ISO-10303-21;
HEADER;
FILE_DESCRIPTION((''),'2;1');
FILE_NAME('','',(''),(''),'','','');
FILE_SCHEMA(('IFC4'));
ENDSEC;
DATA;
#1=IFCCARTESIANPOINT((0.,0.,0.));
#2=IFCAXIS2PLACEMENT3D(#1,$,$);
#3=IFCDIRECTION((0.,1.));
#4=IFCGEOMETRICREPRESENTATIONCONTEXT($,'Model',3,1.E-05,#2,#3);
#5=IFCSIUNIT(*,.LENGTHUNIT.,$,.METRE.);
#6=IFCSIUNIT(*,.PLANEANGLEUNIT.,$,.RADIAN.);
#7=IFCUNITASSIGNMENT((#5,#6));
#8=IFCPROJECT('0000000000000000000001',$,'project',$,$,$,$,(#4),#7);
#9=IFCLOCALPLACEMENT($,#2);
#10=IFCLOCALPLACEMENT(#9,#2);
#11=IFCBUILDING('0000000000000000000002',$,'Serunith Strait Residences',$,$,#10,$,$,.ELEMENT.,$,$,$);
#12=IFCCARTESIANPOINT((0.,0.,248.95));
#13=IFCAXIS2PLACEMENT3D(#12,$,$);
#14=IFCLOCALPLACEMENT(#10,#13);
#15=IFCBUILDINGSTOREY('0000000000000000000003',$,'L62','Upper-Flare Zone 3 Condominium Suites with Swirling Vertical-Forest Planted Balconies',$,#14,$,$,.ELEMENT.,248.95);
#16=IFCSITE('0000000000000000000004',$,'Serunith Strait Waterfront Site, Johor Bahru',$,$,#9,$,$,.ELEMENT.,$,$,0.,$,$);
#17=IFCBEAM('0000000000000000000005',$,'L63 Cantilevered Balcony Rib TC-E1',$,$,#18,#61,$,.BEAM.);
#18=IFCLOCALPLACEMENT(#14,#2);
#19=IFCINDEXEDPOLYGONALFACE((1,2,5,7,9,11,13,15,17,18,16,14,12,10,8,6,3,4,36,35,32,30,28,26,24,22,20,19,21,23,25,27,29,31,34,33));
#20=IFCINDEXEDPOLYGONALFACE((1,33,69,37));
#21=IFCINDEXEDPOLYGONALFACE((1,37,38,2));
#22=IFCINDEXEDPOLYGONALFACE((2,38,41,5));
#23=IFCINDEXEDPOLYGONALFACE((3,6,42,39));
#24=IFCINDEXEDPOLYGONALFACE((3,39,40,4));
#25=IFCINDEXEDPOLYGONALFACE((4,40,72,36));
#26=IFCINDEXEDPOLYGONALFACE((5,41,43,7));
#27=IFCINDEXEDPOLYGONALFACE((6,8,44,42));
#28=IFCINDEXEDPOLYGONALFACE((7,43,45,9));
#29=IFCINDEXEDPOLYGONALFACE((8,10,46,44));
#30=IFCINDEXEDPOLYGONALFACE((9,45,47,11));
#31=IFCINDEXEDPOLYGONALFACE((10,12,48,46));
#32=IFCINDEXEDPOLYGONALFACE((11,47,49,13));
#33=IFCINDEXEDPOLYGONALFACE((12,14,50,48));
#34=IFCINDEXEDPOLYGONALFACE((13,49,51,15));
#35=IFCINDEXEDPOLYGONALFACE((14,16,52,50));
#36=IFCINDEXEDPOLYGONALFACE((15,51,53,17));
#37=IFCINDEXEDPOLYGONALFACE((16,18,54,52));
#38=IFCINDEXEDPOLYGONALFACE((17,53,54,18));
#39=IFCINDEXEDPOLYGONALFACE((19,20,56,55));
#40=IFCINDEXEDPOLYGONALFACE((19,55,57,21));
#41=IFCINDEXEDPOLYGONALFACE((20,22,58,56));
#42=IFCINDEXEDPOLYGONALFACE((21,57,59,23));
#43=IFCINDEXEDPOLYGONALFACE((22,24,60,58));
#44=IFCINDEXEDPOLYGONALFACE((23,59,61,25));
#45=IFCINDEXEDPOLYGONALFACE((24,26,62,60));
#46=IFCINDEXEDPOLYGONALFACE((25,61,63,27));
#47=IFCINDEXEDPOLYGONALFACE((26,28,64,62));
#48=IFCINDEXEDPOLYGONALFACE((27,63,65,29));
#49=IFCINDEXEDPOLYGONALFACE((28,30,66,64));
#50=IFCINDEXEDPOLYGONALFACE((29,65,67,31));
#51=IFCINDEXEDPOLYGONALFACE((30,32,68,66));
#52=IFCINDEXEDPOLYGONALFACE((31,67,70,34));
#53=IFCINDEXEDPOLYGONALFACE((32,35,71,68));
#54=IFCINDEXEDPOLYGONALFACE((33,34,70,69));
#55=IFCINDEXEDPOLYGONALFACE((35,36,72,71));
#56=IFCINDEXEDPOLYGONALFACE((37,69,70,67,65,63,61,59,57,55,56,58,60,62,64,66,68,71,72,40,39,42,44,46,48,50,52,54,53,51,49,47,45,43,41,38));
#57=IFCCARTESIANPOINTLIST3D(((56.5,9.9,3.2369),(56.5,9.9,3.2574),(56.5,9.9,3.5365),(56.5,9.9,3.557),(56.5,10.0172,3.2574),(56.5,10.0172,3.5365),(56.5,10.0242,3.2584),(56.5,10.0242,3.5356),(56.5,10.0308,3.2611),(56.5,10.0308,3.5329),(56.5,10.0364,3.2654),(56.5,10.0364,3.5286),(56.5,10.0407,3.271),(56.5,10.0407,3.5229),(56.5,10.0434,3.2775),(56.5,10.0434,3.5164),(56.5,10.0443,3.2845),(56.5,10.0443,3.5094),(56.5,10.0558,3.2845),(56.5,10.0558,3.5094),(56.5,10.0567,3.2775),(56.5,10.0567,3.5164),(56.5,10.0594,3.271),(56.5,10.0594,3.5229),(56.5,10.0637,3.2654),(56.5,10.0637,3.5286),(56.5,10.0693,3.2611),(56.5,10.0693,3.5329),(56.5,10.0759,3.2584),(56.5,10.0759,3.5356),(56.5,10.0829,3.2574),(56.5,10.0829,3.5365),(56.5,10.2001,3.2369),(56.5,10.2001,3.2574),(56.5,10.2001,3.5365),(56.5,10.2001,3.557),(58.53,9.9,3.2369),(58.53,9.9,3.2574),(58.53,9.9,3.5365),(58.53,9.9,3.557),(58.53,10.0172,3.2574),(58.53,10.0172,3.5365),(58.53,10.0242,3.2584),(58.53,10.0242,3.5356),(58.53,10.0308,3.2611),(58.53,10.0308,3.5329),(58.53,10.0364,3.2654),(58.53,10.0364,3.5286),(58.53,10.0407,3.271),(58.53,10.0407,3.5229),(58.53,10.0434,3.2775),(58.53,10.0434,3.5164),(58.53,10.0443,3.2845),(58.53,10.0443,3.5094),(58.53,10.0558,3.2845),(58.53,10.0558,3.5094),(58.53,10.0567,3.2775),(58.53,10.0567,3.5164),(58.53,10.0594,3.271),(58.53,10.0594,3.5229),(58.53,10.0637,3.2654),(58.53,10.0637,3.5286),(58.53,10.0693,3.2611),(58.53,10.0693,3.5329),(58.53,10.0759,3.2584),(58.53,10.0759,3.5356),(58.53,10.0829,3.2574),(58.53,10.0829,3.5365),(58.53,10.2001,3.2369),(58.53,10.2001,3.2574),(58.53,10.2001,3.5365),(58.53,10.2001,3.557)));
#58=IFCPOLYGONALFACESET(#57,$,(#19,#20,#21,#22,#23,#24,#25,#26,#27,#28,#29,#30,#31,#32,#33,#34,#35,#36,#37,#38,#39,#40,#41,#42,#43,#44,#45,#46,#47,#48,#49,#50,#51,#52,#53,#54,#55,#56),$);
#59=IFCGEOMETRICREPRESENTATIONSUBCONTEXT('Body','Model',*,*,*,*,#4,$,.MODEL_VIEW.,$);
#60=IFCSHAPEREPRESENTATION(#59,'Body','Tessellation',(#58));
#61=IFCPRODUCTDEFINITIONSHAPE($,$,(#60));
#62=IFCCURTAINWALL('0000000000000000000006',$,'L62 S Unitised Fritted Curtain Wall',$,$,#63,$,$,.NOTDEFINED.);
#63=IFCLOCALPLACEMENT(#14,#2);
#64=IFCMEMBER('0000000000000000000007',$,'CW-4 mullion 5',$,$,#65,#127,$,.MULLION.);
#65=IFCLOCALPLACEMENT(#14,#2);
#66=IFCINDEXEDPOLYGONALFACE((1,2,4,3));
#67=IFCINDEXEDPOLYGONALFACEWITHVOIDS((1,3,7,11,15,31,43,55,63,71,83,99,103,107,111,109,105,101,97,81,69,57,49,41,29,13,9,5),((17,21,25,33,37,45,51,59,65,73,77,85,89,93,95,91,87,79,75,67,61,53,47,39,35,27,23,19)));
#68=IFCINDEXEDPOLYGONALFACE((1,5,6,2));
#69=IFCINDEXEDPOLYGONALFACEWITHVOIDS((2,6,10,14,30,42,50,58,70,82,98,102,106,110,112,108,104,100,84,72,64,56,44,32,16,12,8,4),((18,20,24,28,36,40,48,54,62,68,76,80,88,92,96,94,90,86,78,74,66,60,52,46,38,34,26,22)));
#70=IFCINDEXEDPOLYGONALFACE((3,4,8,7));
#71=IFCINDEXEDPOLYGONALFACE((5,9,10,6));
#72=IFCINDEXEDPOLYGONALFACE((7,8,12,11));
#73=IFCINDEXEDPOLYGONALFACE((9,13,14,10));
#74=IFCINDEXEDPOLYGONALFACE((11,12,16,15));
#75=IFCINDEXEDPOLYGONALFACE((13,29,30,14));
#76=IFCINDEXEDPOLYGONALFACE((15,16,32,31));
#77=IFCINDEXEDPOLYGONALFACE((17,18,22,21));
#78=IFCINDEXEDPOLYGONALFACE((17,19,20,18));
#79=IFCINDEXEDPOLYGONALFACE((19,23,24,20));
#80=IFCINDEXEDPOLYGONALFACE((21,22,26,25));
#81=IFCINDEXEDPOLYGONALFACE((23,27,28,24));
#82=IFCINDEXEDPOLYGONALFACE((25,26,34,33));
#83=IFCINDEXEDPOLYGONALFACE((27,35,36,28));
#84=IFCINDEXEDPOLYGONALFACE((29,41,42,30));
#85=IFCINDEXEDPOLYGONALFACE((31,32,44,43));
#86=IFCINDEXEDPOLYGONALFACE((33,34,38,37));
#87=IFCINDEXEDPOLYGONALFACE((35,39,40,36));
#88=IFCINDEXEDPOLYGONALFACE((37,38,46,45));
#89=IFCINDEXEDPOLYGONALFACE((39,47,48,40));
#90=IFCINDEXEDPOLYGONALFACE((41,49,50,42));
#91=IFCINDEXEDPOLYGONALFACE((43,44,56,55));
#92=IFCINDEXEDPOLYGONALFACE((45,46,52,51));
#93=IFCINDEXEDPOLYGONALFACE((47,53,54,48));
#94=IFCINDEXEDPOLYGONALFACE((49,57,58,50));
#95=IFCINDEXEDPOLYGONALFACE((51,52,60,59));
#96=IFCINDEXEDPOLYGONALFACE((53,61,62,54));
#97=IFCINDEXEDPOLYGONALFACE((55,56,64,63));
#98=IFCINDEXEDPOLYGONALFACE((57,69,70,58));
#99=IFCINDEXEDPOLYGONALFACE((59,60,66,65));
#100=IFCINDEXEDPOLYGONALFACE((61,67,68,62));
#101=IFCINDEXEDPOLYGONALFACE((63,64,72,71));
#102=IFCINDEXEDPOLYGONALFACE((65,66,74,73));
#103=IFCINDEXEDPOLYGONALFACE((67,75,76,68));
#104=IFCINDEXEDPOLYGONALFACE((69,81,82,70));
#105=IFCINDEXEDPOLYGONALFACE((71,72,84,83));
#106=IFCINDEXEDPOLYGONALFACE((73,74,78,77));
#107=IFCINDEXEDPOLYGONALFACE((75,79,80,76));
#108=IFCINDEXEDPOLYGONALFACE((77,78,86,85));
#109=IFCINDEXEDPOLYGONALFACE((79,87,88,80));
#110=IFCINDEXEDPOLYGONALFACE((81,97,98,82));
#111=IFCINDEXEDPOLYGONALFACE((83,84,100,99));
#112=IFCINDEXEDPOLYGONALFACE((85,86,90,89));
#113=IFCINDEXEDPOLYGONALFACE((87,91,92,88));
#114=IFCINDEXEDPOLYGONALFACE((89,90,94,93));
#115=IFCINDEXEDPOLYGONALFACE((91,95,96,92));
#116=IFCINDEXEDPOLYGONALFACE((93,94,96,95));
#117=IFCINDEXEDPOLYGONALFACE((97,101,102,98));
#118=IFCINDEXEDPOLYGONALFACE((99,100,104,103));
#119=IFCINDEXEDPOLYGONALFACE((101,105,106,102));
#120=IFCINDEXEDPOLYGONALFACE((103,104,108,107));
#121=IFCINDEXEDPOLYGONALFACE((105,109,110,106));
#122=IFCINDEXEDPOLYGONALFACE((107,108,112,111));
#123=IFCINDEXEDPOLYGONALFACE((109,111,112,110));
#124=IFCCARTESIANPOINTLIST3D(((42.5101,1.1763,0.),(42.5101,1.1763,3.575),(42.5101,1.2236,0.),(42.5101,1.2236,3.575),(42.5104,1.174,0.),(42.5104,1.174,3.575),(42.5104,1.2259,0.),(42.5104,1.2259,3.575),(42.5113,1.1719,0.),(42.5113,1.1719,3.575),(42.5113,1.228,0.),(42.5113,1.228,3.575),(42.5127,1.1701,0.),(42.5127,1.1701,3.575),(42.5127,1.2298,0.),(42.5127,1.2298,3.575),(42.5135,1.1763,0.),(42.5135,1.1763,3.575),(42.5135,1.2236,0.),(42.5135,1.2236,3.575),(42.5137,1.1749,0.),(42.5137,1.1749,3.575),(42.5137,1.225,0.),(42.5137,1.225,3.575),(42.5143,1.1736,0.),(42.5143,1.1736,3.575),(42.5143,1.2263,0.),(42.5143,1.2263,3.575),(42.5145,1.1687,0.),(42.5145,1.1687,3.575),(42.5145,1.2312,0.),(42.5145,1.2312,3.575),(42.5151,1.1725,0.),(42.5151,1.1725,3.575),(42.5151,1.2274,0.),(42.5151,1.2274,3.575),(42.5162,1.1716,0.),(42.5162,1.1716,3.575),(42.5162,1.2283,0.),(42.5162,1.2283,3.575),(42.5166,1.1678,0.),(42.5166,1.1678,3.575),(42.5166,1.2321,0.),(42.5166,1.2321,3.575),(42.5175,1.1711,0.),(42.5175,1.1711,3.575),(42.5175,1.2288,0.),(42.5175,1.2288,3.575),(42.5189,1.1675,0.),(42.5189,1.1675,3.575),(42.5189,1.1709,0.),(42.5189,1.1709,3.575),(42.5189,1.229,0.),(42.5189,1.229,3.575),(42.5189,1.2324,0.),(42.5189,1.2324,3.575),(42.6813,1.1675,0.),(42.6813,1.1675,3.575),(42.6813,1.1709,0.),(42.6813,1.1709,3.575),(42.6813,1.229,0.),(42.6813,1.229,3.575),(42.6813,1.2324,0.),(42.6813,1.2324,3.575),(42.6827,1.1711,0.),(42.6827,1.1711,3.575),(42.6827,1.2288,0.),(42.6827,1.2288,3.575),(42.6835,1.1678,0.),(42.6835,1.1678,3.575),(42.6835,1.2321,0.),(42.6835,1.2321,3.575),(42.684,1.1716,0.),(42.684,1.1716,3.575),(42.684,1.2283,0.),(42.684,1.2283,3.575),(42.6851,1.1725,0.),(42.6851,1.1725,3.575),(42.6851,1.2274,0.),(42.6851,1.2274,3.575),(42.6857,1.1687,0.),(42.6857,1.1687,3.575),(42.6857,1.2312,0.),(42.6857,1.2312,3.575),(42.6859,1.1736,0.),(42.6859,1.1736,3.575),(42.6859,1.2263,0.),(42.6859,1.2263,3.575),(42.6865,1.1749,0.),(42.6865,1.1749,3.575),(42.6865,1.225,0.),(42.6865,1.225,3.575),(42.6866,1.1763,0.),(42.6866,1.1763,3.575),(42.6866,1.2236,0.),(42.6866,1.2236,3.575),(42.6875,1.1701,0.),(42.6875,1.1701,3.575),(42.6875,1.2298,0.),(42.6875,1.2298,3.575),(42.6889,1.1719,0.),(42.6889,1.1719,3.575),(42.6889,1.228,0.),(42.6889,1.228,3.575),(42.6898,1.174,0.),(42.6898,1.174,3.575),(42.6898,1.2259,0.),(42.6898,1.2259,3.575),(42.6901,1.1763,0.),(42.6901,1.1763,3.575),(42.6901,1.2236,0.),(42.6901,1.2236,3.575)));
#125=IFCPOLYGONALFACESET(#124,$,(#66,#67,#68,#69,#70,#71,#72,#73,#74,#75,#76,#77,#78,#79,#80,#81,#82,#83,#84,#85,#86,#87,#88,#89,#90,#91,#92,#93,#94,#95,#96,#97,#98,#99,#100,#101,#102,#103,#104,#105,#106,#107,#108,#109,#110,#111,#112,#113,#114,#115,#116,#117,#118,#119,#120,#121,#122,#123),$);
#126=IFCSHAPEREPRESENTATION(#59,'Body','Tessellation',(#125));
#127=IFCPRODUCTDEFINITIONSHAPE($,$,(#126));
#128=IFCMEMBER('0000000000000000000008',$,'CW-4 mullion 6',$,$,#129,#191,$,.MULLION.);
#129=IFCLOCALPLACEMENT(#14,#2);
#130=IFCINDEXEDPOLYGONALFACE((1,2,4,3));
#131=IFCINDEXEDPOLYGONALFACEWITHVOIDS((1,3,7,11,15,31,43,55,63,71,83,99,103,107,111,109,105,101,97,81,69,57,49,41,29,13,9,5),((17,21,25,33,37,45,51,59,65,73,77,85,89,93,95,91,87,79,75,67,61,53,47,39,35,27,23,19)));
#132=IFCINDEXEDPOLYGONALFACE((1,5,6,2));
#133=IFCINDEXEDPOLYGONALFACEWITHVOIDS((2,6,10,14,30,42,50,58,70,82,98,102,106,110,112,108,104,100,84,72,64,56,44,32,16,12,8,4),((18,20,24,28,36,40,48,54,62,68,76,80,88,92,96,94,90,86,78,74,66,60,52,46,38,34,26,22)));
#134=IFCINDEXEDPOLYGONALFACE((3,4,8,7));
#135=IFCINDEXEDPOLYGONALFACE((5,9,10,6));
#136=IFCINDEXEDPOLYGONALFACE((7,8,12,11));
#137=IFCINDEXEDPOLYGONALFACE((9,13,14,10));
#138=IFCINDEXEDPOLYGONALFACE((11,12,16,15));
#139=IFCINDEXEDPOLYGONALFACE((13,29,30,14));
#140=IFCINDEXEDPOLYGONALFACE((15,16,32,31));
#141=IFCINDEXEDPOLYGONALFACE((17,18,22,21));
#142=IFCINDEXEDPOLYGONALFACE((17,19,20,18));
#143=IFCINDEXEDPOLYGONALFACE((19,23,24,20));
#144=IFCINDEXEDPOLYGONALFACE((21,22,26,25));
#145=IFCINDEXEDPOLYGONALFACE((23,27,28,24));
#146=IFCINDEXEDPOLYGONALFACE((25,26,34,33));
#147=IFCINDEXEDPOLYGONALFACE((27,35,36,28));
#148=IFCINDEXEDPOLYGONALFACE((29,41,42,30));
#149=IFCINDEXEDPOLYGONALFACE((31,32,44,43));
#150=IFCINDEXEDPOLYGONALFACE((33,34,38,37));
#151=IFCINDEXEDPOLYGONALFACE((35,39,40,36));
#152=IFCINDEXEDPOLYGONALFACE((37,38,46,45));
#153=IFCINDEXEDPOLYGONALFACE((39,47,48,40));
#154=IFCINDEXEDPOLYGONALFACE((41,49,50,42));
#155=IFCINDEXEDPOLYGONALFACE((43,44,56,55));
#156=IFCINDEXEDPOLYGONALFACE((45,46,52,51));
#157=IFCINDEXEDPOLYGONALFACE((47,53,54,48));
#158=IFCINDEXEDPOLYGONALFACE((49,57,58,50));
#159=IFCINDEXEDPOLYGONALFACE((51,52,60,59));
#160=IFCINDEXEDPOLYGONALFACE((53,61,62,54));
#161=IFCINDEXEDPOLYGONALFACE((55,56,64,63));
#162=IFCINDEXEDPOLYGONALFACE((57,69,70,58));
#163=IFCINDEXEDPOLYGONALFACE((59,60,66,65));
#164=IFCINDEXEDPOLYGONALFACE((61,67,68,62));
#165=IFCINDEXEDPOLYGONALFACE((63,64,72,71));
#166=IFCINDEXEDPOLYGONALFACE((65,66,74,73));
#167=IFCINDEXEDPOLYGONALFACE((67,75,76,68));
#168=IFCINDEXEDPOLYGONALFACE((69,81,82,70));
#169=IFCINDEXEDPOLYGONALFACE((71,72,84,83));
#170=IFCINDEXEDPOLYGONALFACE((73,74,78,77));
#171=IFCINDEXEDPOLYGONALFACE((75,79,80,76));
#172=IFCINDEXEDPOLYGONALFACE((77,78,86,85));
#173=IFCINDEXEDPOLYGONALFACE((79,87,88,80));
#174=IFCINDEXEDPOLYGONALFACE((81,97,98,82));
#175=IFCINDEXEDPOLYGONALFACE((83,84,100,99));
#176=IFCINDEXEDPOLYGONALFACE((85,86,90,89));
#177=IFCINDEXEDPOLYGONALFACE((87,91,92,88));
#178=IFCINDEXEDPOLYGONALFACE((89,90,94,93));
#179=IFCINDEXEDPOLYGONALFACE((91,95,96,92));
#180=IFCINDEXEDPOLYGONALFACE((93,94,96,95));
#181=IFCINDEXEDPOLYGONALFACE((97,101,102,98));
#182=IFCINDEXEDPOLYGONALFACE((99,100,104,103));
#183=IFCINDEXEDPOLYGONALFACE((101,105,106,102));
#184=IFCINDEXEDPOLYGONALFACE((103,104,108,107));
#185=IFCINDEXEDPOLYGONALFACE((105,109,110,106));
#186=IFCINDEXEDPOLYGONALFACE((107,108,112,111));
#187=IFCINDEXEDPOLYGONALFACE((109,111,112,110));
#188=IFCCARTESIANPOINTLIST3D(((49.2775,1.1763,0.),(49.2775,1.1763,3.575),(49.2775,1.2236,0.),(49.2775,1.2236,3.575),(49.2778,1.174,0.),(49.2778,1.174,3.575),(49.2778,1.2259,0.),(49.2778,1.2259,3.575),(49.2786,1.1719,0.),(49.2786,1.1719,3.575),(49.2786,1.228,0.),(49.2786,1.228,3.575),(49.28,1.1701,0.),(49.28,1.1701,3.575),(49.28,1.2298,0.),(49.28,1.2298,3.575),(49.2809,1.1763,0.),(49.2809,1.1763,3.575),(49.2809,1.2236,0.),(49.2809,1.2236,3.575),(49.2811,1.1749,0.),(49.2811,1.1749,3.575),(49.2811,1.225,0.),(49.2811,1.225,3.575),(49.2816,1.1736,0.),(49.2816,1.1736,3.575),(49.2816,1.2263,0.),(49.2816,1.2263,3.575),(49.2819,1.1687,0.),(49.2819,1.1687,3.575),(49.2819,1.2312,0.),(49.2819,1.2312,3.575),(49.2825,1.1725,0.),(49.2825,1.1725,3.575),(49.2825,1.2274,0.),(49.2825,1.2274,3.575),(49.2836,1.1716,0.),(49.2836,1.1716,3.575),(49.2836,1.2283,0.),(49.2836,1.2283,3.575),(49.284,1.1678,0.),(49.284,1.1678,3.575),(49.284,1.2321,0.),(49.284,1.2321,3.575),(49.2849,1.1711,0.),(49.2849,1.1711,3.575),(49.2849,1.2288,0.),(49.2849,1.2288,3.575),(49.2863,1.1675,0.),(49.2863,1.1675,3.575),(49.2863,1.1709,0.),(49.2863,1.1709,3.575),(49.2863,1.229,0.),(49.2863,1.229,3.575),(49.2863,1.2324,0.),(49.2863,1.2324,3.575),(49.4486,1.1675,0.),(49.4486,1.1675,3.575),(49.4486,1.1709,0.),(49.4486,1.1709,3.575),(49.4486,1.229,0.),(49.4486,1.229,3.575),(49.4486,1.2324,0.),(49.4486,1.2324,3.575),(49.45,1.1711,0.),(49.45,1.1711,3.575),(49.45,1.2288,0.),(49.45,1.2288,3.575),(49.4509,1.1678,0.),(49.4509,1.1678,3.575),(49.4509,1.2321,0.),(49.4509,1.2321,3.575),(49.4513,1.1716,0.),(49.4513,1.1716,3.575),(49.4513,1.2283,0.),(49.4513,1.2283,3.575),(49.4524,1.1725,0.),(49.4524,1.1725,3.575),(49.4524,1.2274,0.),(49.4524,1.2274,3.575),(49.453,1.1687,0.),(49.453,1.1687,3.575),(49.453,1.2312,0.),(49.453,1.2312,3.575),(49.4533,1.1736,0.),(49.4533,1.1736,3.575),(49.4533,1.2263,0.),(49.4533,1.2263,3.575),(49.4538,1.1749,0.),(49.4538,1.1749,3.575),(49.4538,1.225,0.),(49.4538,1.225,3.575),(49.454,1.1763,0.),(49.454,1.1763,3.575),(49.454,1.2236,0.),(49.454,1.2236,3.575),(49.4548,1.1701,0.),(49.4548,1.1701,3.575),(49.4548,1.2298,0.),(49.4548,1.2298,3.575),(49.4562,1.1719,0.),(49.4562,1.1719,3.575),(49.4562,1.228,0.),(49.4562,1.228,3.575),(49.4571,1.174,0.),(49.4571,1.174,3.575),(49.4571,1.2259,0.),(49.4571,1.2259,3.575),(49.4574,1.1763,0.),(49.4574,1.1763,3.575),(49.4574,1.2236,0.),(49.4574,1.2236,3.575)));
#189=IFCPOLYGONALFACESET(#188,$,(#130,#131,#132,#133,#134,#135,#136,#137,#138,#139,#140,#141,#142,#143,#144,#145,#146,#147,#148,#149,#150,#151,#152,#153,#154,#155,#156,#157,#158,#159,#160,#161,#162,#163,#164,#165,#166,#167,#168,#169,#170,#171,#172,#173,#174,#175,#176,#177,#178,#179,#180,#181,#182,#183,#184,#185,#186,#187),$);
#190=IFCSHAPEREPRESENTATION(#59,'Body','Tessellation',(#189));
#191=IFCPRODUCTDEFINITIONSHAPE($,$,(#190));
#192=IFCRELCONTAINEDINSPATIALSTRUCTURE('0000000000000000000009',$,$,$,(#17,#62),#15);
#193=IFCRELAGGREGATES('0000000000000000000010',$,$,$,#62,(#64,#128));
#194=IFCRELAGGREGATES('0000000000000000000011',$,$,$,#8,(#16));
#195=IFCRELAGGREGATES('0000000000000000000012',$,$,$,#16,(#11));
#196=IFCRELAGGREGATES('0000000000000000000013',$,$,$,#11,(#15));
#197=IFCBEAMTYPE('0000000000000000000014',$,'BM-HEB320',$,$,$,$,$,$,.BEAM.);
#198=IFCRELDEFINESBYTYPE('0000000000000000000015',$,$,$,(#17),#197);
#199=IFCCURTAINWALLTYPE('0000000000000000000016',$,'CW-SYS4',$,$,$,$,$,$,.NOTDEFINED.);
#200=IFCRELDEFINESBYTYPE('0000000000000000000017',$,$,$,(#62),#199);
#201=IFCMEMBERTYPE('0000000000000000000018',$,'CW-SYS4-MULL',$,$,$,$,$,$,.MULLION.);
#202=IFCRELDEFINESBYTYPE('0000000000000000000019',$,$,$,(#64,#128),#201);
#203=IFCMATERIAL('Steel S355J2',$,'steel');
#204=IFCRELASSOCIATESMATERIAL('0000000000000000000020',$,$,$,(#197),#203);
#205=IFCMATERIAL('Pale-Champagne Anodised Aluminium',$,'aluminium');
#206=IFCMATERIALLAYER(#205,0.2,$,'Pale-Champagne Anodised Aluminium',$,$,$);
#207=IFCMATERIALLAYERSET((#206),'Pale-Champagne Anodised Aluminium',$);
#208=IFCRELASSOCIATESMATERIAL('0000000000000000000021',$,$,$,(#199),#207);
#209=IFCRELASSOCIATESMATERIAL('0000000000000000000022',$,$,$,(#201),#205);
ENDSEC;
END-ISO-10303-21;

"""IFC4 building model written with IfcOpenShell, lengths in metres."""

from ifc_helpers import new_model, si_unit, direction, frame, origin, origin_2d, place, context, subcontext, project, spatial, hollow_rectangle, i_section, extrude, source, transform, mapped, material, layer, layer_set, material_profile, profile_set, type_object, element, aggregate, save


model = new_model("IFC4")

# Units and contexts
model_context = context("Model", 3, precision=1e-05, world=origin(), true_north=direction((0.0, 1.0)))
body_context = subcontext(model_context, "Body", "Model", "MODEL_VIEW")
ifc_project = project(units=[si_unit("LENGTHUNIT", "METRE"), si_unit("PLANEANGLEUNIT", "RADIAN")], contexts=[model_context])

# Site, building, storey
site_placement = place(None, origin())
site = spatial("IfcSite", under=ifc_project, at=site_placement, Name="Serunith Strait Waterfront Site, Johor Bahru", CompositionType="ELEMENT", RefElevation=0.0)
building_placement = place(site_placement, origin())
building = spatial("IfcBuilding", under=site, at=building_placement, Name="Serunith Strait Residences", CompositionType="ELEMENT")
storey_placement = place(building_placement, frame((0.0, 0.0, 248.95)))
storey = spatial("IfcBuildingStorey", under=building, at=storey_placement, Name="L62", Description="Upper-Flare Zone 3 Condominium Suites with Swirling Vertical-Forest Planted Balconies", CompositionType="ELEMENT", Elevation=248.95)

# Beam
ifc_material_1 = material(Name="Steel S355J2", Category="steel")
ifc_material_profile_1 = material_profile(ifc_material_1, i_section(OverallWidth=0.3, OverallDepth=0.3201, WebThickness=0.0115, FlangeThickness=0.0205, FilletRadius=0.0271, at=origin_2d()), Name="HEB 320")
ifc_profile_set_1 = profile_set([ifc_material_profile_1], Name="Steel S355J2")
beam_type_1 = type_object("IfcBeamType", Name="BM-HEB320", PredefinedType="BEAM", material=ifc_profile_set_1)
shared_shape_1 = source(origin(), body_context, "Body", "SweptSolid", [
    extrude(i_section(OverallWidth=0.3, OverallDepth=0.3201, WebThickness=0.0115, FlangeThickness=0.0205, FilletRadius=0.0271, at=origin_2d()), origin(), (0.0, 0.0, 1.0), 2.03),
])
for number, where, z_axis, x_axis, name in (
    (1, (56.5, 10.05, 3.397), (1.0, 0.0, 0.0), (0.0, 1.0, 0.0), "L63 Cantilevered Balcony Rib TC-E1"),
):
    element("IfcBeam", number, at=place(storey_placement, frame(where, z_axis=z_axis, x_axis=x_axis)), inside=storey, type_object=beam_type_1, Name=name, PredefinedType="BEAM", context=body_context, shape_type="MappedRepresentation", body=[
        mapped(shared_shape_1, transform((0.0, 0.0, 0.0), scale=1.0)),
    ])

# Curtain wall, members
ifc_material_2 = material(Name="Pale-Champagne Anodised Aluminium", Category="aluminium")
ifc_layer_1 = layer(ifc_material_2, 0.2, Name="Pale-Champagne Anodised Aluminium")
ifc_layer_set_1 = layer_set([ifc_layer_1], Name="Pale-Champagne Anodised Aluminium")
curtain_wall_type = type_object("IfcCurtainWallType", Name="CW-SYS4", PredefinedType="NOTDEFINED", material=ifc_layer_set_1)
curtain_wall_1_placement = place(storey_placement, origin())
curtain_wall_1 = element("IfcCurtainWall", 2, at=curtain_wall_1_placement, inside=storey, type_object=curtain_wall_type, Name="L62 S Unitised Fritted Curtain Wall", PredefinedType="NOTDEFINED")
ifc_material_profile_2 = material_profile(ifc_material_2, hollow_rectangle(XDim=0.0649, YDim=0.1799, WallThickness=0.0034, InnerFilletRadius=0.0054, OuterFilletRadius=0.0088, at=origin_2d()), Name="ALU 180x65x3.5")
ifc_profile_set_2 = profile_set([ifc_material_profile_2], Name="Pale-Champagne Anodised Aluminium")
member_type_1 = type_object("IfcMemberType", Name="CW-SYS4-MULL", PredefinedType="MULLION", material=ifc_profile_set_2)
shared_shape_2 = source(origin(), body_context, "Body", "SweptSolid", [
    extrude(hollow_rectangle(XDim=0.0649, YDim=0.1799, WallThickness=0.0034, InnerFilletRadius=0.0054, OuterFilletRadius=0.0088, at=origin_2d()), origin(), (0.0, 0.0, 1.0), 3.575),
])
member_1_placement = place(storey_placement, frame((42.6001, 1.2, 0.0), z_axis=(0.0, 0.0, 1.0), x_axis=(0.0, 1.0, 0.0)))
member_1 = element("IfcMember", 3, at=member_1_placement, type_object=member_type_1, Name="CW-4 mullion 5", PredefinedType="MULLION", context=body_context, shape_type="MappedRepresentation", body=[
    mapped(shared_shape_2, transform((0.0, 0.0, 0.0), scale=1.0)),
])
member_2_placement = place(storey_placement, frame((49.3674, 1.2, 0.0), z_axis=(0.0, 0.0, 1.0), x_axis=(0.0, 1.0, 0.0)))
member_2 = element("IfcMember", 4, at=member_2_placement, type_object=member_type_1, Name="CW-4 mullion 6", PredefinedType="MULLION", context=body_context, shape_type="MappedRepresentation", body=[
    mapped(shared_shape_2, transform((0.0, 0.0, 0.0), scale=1.0)),
])

aggregate(curtain_wall_1, [member_1, member_2])

save(model, "model.ifc")
